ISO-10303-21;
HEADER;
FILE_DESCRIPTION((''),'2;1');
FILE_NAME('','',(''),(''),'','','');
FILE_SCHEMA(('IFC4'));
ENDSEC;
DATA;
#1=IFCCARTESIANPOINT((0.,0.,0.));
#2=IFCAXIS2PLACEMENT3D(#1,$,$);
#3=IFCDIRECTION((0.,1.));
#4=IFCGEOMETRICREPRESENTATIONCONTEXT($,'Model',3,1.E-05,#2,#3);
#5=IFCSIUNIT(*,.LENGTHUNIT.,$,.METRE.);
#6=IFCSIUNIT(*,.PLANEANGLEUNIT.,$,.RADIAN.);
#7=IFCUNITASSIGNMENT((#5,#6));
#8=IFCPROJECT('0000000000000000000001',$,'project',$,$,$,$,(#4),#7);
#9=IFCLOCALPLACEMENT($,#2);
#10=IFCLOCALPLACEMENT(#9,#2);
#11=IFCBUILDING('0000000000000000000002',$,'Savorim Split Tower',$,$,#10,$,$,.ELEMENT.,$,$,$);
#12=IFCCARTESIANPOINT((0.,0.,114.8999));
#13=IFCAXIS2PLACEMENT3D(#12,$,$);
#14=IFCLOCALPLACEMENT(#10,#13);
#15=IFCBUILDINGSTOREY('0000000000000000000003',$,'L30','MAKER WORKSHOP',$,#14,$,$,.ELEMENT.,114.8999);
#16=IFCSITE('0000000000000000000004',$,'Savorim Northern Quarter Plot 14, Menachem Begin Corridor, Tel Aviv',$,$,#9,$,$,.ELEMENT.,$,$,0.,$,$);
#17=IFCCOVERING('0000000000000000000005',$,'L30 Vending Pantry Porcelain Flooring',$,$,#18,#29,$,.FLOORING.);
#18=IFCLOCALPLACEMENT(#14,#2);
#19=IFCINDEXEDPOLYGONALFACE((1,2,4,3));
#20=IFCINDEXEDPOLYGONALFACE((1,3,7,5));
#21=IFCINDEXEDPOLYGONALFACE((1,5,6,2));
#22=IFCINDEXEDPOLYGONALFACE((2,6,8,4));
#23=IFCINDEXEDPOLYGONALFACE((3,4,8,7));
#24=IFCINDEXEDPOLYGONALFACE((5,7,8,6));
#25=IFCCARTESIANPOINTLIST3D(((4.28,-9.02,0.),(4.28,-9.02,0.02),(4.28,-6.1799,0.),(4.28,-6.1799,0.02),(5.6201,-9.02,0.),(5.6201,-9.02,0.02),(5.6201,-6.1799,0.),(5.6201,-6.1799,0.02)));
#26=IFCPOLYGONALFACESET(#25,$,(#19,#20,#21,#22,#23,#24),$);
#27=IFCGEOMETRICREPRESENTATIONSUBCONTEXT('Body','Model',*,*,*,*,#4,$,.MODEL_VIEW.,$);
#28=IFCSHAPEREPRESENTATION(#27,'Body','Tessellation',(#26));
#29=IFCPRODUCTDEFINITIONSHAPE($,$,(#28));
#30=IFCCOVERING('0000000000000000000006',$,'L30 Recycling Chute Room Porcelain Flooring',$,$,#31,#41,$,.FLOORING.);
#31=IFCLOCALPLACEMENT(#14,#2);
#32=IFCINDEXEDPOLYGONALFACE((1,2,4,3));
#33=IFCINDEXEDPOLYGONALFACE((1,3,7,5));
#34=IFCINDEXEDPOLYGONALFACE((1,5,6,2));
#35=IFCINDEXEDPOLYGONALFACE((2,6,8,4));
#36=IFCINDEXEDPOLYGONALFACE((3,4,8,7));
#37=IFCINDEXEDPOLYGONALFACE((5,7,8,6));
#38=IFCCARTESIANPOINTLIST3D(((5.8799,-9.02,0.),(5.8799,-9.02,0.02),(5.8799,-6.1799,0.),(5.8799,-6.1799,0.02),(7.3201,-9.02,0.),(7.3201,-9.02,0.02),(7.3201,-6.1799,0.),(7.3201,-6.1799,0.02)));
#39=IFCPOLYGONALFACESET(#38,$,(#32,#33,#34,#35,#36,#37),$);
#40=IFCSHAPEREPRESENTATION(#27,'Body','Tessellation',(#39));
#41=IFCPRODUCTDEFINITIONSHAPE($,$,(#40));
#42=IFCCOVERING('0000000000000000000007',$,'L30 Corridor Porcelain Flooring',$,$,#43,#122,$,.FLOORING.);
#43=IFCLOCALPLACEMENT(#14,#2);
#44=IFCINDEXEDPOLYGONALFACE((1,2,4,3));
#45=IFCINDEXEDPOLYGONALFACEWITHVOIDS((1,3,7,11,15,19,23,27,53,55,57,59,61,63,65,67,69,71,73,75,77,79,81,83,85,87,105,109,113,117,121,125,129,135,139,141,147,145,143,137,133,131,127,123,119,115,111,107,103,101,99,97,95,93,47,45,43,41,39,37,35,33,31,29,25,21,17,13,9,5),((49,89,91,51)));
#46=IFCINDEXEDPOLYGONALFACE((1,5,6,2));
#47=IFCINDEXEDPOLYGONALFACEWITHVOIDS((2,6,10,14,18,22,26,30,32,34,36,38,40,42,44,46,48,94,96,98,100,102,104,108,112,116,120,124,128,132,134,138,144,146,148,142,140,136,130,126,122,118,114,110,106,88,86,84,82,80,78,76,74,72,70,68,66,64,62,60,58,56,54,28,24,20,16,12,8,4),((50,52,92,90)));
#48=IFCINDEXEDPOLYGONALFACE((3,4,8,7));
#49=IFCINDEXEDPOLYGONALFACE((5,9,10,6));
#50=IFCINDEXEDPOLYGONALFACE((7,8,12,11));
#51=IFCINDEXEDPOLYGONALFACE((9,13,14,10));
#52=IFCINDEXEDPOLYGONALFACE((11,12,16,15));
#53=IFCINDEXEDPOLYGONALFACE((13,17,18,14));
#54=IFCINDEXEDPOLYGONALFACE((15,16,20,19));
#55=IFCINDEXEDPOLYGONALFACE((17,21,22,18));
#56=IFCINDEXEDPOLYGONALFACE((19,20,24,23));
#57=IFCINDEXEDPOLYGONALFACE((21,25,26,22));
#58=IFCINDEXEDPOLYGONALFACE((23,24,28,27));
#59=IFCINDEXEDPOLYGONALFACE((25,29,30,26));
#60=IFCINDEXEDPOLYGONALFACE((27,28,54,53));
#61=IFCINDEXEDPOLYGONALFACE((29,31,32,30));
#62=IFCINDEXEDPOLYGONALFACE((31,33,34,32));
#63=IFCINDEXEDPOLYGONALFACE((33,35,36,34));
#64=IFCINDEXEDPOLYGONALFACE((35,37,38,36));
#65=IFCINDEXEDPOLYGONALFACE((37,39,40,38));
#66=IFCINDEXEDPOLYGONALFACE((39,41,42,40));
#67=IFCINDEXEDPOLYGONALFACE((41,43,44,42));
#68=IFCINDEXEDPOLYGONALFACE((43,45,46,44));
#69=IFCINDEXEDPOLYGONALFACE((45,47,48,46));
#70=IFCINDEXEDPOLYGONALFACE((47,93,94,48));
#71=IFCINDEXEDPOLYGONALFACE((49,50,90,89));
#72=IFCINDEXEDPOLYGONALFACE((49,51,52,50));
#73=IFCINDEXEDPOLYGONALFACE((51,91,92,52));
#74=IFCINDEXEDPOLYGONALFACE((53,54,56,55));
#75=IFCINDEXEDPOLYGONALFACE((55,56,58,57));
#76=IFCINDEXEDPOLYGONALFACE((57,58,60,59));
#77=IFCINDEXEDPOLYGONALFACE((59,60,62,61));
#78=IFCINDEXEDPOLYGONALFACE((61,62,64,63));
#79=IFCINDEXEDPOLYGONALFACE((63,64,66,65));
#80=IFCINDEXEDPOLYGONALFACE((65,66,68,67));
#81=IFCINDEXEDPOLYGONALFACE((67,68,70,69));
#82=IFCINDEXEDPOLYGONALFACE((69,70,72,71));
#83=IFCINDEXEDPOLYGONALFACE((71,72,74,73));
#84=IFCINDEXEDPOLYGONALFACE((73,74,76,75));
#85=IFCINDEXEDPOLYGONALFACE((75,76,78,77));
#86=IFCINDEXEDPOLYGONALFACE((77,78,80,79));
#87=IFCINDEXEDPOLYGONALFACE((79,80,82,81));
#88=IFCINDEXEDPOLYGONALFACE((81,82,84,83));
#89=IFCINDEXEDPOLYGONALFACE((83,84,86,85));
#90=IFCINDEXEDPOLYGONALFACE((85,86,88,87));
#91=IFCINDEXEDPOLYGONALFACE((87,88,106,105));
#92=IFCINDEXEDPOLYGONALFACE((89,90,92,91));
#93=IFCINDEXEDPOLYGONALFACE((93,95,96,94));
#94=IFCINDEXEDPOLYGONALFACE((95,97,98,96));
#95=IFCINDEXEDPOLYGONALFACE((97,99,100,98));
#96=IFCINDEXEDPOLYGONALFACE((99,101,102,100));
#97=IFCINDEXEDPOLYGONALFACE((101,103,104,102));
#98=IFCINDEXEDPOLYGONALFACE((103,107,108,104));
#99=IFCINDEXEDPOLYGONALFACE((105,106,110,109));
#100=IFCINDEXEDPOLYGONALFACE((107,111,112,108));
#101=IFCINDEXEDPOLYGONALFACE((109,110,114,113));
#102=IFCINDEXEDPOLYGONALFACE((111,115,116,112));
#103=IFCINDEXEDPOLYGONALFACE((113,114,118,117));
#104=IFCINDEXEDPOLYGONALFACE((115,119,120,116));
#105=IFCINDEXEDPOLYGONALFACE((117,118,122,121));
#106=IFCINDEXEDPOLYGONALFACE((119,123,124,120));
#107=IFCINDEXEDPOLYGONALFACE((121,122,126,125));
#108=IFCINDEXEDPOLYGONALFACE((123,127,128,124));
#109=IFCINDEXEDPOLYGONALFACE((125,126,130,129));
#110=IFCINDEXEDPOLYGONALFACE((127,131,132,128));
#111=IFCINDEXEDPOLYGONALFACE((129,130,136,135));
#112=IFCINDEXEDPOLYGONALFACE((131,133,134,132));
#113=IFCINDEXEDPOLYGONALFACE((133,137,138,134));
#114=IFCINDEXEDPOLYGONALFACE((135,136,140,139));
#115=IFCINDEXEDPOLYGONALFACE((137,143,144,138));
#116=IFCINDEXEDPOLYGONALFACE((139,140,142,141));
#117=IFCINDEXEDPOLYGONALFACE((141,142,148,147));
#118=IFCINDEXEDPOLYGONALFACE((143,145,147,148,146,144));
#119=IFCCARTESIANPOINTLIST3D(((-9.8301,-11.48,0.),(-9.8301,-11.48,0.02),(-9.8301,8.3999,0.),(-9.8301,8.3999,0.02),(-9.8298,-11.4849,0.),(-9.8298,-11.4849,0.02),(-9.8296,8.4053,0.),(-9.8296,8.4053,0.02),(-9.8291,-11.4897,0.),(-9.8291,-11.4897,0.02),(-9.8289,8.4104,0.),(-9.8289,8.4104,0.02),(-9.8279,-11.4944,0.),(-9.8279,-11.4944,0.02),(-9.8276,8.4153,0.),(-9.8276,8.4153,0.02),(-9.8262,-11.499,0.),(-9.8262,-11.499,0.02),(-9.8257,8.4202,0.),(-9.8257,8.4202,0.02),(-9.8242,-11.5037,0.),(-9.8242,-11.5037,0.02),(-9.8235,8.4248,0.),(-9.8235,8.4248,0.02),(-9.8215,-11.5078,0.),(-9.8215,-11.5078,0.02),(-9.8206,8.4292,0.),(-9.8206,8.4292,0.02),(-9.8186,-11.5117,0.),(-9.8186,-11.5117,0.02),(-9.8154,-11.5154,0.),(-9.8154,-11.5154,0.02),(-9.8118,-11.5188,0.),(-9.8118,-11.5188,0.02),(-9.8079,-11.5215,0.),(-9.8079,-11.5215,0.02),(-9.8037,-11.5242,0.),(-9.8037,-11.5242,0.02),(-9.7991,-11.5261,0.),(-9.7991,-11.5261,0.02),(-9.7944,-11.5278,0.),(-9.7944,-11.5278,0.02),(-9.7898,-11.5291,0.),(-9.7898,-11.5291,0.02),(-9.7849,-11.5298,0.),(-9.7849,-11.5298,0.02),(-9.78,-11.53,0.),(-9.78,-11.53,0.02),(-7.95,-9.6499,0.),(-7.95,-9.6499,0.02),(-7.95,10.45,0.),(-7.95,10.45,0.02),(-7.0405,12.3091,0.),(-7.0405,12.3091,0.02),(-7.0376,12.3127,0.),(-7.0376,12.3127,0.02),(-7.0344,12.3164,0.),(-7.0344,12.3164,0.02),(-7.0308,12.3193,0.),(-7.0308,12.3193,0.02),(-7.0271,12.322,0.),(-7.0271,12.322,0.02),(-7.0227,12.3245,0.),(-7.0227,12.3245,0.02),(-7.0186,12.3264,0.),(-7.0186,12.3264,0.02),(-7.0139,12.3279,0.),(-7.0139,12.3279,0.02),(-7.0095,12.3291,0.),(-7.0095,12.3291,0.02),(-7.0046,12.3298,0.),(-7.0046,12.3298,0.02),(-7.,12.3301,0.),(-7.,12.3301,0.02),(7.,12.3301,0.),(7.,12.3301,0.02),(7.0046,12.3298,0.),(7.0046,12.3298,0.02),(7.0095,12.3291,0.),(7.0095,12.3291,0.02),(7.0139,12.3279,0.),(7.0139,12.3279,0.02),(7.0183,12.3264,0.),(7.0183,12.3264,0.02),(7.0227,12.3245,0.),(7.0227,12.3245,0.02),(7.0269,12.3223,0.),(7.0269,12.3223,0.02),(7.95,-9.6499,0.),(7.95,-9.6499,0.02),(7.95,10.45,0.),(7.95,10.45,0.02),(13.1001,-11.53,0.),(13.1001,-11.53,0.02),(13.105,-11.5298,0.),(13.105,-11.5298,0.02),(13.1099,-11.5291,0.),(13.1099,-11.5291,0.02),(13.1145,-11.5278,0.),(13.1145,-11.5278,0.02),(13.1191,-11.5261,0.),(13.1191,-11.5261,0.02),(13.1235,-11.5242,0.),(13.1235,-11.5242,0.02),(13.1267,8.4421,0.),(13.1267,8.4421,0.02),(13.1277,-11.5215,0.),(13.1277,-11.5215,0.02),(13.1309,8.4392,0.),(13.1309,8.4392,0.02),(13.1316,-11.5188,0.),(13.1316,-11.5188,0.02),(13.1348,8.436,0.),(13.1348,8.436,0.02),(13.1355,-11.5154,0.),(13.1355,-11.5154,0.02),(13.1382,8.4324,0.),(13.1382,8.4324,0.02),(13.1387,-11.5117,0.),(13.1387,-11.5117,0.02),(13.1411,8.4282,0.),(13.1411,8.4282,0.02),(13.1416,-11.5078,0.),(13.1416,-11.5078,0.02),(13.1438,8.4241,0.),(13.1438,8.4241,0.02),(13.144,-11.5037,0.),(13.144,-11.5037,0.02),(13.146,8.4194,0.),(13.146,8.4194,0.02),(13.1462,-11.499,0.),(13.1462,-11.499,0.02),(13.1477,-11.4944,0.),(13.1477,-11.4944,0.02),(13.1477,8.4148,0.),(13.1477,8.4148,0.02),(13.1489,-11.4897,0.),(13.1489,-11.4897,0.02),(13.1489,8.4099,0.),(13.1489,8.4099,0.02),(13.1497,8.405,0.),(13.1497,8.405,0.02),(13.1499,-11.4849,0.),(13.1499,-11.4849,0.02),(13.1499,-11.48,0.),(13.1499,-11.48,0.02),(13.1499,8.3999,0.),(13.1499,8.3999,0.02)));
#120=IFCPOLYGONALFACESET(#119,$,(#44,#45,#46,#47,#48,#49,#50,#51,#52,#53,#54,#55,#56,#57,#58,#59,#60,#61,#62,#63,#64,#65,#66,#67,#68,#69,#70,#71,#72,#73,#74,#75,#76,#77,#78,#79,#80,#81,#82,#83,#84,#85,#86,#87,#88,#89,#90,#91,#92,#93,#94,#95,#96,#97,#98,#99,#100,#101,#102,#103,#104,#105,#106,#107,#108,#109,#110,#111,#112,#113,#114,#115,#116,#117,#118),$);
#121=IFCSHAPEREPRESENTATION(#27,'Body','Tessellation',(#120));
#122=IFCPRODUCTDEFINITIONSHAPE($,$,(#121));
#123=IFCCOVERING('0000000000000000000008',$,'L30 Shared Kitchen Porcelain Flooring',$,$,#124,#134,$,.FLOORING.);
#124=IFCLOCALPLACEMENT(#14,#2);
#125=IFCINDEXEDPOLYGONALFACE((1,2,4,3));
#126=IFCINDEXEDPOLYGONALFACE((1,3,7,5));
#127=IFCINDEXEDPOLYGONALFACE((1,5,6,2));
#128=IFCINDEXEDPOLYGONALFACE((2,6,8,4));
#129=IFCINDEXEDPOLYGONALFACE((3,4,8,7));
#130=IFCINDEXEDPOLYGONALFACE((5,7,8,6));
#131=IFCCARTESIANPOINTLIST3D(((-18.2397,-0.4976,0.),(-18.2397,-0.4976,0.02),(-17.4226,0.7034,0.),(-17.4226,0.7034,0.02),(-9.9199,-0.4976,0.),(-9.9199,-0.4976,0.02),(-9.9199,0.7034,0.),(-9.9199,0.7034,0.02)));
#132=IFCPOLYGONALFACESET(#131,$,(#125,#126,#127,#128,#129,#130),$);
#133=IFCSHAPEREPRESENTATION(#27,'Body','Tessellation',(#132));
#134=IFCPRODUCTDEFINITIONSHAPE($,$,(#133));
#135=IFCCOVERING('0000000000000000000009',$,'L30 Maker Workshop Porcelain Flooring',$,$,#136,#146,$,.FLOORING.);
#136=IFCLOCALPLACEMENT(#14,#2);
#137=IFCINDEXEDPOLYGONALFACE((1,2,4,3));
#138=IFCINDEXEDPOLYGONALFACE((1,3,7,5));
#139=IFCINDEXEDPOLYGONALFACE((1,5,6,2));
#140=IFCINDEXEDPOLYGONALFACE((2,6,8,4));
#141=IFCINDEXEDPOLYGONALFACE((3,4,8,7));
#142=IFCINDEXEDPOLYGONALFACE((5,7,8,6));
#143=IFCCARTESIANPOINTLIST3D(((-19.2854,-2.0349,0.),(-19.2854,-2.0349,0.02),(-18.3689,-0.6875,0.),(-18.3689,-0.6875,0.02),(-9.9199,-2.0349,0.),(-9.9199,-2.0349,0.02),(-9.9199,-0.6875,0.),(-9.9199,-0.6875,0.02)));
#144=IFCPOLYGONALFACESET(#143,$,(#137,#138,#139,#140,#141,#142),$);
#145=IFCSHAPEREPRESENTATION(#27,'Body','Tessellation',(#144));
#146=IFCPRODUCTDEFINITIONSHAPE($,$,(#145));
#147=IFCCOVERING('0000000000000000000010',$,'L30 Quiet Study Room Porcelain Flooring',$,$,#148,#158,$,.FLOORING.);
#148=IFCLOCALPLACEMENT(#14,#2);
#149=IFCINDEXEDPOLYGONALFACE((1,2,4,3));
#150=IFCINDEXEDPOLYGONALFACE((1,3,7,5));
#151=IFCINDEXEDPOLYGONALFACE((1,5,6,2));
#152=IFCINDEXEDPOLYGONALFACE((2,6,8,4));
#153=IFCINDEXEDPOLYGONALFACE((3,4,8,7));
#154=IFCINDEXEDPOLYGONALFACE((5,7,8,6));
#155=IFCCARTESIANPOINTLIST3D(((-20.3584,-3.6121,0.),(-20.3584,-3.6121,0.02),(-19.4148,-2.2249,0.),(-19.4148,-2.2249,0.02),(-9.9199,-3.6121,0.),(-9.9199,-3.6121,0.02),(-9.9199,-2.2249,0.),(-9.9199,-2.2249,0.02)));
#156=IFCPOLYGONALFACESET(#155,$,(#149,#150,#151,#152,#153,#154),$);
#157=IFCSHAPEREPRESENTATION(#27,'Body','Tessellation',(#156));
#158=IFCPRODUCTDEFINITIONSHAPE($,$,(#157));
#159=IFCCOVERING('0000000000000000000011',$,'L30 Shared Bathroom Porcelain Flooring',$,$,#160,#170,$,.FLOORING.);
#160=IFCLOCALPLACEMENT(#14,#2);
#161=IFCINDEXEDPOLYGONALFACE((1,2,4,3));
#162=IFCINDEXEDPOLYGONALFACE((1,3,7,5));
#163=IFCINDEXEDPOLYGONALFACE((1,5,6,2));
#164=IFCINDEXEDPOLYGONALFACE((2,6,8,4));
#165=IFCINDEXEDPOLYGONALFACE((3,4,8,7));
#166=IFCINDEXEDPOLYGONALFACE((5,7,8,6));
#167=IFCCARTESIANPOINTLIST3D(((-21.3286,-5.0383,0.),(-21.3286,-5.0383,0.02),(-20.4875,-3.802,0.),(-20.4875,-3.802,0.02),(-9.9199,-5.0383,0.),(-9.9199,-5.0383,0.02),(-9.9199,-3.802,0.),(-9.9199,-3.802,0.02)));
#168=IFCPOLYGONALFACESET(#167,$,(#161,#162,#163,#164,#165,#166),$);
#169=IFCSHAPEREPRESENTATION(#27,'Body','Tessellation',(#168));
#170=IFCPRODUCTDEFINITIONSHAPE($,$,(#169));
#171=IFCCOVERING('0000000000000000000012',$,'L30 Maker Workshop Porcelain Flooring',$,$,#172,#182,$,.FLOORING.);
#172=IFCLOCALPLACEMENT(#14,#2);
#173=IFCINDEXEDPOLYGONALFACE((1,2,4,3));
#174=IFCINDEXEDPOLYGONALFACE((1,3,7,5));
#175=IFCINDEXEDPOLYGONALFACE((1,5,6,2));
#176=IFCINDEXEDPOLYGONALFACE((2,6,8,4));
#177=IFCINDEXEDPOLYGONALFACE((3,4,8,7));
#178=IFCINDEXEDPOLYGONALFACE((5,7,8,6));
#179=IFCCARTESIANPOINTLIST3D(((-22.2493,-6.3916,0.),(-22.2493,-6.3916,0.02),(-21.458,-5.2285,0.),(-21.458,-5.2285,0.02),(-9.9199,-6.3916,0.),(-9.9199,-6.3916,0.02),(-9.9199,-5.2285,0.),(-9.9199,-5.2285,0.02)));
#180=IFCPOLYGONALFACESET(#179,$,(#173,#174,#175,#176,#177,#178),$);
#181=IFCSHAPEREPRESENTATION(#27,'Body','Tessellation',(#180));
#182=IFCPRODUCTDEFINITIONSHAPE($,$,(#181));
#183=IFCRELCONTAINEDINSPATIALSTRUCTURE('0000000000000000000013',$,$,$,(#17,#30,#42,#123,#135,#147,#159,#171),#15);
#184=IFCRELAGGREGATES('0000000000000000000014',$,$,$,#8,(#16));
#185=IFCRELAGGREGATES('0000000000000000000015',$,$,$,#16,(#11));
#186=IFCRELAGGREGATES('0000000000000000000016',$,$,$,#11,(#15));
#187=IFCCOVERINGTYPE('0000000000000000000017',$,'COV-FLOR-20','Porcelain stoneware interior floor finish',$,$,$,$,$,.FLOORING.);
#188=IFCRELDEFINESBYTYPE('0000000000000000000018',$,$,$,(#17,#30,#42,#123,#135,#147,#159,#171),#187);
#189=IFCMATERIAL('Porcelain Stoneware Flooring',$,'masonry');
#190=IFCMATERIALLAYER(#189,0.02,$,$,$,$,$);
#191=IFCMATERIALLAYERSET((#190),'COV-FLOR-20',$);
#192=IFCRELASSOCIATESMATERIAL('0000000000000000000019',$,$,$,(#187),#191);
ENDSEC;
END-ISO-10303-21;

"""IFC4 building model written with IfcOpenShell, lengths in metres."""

from ifc_helpers import new_model, si_unit, direction, frame, origin, place, context, subcontext, project, spatial, polyline, outline, extrude, material, layer, layer_set, type_object, element, save


model = new_model("IFC4")

# Units and contexts
model_context = context("Model", 3, precision=1e-05, world=origin(), true_north=direction((0.0, 1.0)))
body_context = subcontext(model_context, "Body", "Model", "MODEL_VIEW")
ifc_project = project(units=[si_unit("LENGTHUNIT", "METRE"), si_unit("PLANEANGLEUNIT", "RADIAN")], contexts=[model_context])

# Site, building, storey
site_placement = place(None, origin())
site = spatial("IfcSite", under=ifc_project, at=site_placement, Name="Savorim Northern Quarter Plot 14, Menachem Begin Corridor, Tel Aviv", CompositionType="ELEMENT", RefElevation=0.0)
building_placement = place(site_placement, origin())
building = spatial("IfcBuilding", under=site, at=building_placement, Name="Savorim Split Tower", CompositionType="ELEMENT")
storey_placement = place(building_placement, frame((0.0, 0.0, 114.8999)))
storey = spatial("IfcBuildingStorey", under=building, at=storey_placement, Name="L30", Description="MAKER WORKSHOP", CompositionType="ELEMENT", Elevation=114.8999)

# Coverings
ifc_material = material(Name="Porcelain Stoneware Flooring", Category="masonry")
ifc_layer = layer(ifc_material, 0.02)
ifc_layer_set = layer_set([ifc_layer], Name="COV-FLOR-20")
covering_type = type_object("IfcCoveringType", Name="COV-FLOR-20", Description="Porcelain stoneware interior floor finish", PredefinedType="FLOORING", material=ifc_layer_set)
covering_1_placement = place(storey_placement, origin())
element("IfcCovering", 1, at=covering_1_placement, inside=storey, type_object=covering_type, Name="L30 Vending Pantry Porcelain Flooring", PredefinedType="FLOORING", context=body_context, shape_type="SweptSolid", body=[
    extrude(outline(polyline([(4.28, -6.1799), (4.28, -9.02), (5.6201, -9.02), (5.6201, -6.1799), (4.28, -6.1799)])), origin(), (0.0, 0.0, 1.0), 0.02),
])
covering_2_placement = place(storey_placement, origin())
element("IfcCovering", 2, at=covering_2_placement, inside=storey, type_object=covering_type, Name="L30 Recycling Chute Room Porcelain Flooring", PredefinedType="FLOORING", context=body_context, shape_type="SweptSolid", body=[
    extrude(outline(polyline([(5.8799, -6.1799), (5.8799, -9.02), (7.3201, -9.02), (7.3201, -6.1799), (5.8799, -6.1799)])), origin(), (0.0, 0.0, 1.0), 0.02),
])
covering_3_placement = place(storey_placement, origin())
element("IfcCovering", 3, at=covering_3_placement, inside=storey, type_object=covering_type, Name="L30 Corridor Porcelain Flooring", PredefinedType="FLOORING", context=body_context, shape_type="SweptSolid", body=[
    extrude(outline(polyline([(7.0095, 12.3291), (7.0046, 12.3298), (7.0, 12.3301), (-7.0, 12.3301), (-7.0046, 12.3298), (-7.0095, 12.3291), (-7.0139, 12.3279), (-7.0186, 12.3264), (-7.0227, 12.3245), (-7.0271, 12.322), (-7.0308, 12.3193), (-7.0344, 12.3164), (-7.0376, 12.3127), (-7.0405, 12.3091), (-9.8206, 8.4292), (-9.8235, 8.4248), (-9.8257, 8.4202), (-9.8276, 8.4153), (-9.8289, 8.4104), (-9.8296, 8.4053), (-9.8301, 8.3999), (-9.8301, -11.48), (-9.8298, -11.4849), (-9.8291, -11.4897), (-9.8279, -11.4944), (-9.8262, -11.499), (-9.8242, -11.5037), (-9.8215, -11.5078), (-9.8186, -11.5117), (-9.8154, -11.5154), (-9.8118, -11.5188), (-9.8079, -11.5215), (-9.8037, -11.5242), (-9.7991, -11.5261), (-9.7944, -11.5278), (-9.7898, -11.5291), (-9.7849, -11.5298), (-9.78, -11.53), (13.1001, -11.53), (13.105, -11.5298), (13.1099, -11.5291), (13.1145, -11.5278), (13.1191, -11.5261), (13.1235, -11.5242), (13.1277, -11.5215), (13.1316, -11.5188), (13.1355, -11.5154), (13.1387, -11.5117), (13.1416, -11.5078), (13.144, -11.5037), (13.1462, -11.499), (13.1477, -11.4944), (13.1489, -11.4897), (13.1499, -11.4849), (13.1499, -11.48), (13.1499, 8.3999), (13.1497, 8.405), (13.1489, 8.4099), (13.1477, 8.4148), (13.146, 8.4194), (13.1438, 8.4241), (13.1411, 8.4282), (13.1382, 8.4324), (13.1348, 8.436), (13.1309, 8.4392), (13.1267, 8.4421), (7.0269, 12.3223), (7.0227, 12.3245), (7.0183, 12.3264), (7.0139, 12.3279), (7.0095, 12.3291)]), holes=[polyline([(-7.95, 10.45), (-7.95, -9.6499), (7.95, -9.6499), (7.95, 10.45), (-7.95, 10.45)])]), origin(), (0.0, 0.0, 1.0), 0.02),
])
covering_4_placement = place(storey_placement, origin())
element("IfcCovering", 4, at=covering_4_placement, inside=storey, type_object=covering_type, Name="L30 Shared Kitchen Porcelain Flooring", PredefinedType="FLOORING", context=body_context, shape_type="SweptSolid", body=[
    extrude(outline(polyline([(-17.4226, 0.7034), (-18.2397, -0.4976), (-9.9199, -0.4976), (-9.9199, 0.7034), (-17.4226, 0.7034)])), origin(), (0.0, 0.0, 1.0), 0.02),
])
covering_5_placement = place(storey_placement, origin())
element("IfcCovering", 5, at=covering_5_placement, inside=storey, type_object=covering_type, Name="L30 Maker Workshop Porcelain Flooring", PredefinedType="FLOORING", context=body_context, shape_type="SweptSolid", body=[
    extrude(outline(polyline([(-18.3689, -0.6875), (-19.2854, -2.0349), (-9.9199, -2.0349), (-9.9199, -0.6875), (-18.3689, -0.6875)])), origin(), (0.0, 0.0, 1.0), 0.02),
])
covering_6_placement = place(storey_placement, origin())
element("IfcCovering", 6, at=covering_6_placement, inside=storey, type_object=covering_type, Name="L30 Quiet Study Room Porcelain Flooring", PredefinedType="FLOORING", context=body_context, shape_type="SweptSolid", body=[
    extrude(outline(polyline([(-19.4148, -2.2249), (-20.3584, -3.6121), (-9.9199, -3.6121), (-9.9199, -2.2249), (-19.4148, -2.2249)])), origin(), (0.0, 0.0, 1.0), 0.02),
])
covering_7_placement = place(storey_placement, origin())
element("IfcCovering", 7, at=covering_7_placement, inside=storey, type_object=covering_type, Name="L30 Shared Bathroom Porcelain Flooring", PredefinedType="FLOORING", context=body_context, shape_type="SweptSolid", body=[
    extrude(outline(polyline([(-20.4875, -3.802), (-21.3286, -5.0383), (-9.9199, -5.0383), (-9.9199, -3.802), (-20.4875, -3.802)])), origin(), (0.0, 0.0, 1.0), 0.02),
])
covering_8_placement = place(storey_placement, origin())
element("IfcCovering", 8, at=covering_8_placement, inside=storey, type_object=covering_type, Name="L30 Maker Workshop Porcelain Flooring", PredefinedType="FLOORING", context=body_context, shape_type="SweptSolid", body=[
    extrude(outline(polyline([(-21.458, -5.2285), (-22.2493, -6.3916), (-9.9199, -6.3916), (-9.9199, -5.2285), (-21.458, -5.2285)])), origin(), (0.0, 0.0, 1.0), 0.02),
])

save(model, "model.ifc")
